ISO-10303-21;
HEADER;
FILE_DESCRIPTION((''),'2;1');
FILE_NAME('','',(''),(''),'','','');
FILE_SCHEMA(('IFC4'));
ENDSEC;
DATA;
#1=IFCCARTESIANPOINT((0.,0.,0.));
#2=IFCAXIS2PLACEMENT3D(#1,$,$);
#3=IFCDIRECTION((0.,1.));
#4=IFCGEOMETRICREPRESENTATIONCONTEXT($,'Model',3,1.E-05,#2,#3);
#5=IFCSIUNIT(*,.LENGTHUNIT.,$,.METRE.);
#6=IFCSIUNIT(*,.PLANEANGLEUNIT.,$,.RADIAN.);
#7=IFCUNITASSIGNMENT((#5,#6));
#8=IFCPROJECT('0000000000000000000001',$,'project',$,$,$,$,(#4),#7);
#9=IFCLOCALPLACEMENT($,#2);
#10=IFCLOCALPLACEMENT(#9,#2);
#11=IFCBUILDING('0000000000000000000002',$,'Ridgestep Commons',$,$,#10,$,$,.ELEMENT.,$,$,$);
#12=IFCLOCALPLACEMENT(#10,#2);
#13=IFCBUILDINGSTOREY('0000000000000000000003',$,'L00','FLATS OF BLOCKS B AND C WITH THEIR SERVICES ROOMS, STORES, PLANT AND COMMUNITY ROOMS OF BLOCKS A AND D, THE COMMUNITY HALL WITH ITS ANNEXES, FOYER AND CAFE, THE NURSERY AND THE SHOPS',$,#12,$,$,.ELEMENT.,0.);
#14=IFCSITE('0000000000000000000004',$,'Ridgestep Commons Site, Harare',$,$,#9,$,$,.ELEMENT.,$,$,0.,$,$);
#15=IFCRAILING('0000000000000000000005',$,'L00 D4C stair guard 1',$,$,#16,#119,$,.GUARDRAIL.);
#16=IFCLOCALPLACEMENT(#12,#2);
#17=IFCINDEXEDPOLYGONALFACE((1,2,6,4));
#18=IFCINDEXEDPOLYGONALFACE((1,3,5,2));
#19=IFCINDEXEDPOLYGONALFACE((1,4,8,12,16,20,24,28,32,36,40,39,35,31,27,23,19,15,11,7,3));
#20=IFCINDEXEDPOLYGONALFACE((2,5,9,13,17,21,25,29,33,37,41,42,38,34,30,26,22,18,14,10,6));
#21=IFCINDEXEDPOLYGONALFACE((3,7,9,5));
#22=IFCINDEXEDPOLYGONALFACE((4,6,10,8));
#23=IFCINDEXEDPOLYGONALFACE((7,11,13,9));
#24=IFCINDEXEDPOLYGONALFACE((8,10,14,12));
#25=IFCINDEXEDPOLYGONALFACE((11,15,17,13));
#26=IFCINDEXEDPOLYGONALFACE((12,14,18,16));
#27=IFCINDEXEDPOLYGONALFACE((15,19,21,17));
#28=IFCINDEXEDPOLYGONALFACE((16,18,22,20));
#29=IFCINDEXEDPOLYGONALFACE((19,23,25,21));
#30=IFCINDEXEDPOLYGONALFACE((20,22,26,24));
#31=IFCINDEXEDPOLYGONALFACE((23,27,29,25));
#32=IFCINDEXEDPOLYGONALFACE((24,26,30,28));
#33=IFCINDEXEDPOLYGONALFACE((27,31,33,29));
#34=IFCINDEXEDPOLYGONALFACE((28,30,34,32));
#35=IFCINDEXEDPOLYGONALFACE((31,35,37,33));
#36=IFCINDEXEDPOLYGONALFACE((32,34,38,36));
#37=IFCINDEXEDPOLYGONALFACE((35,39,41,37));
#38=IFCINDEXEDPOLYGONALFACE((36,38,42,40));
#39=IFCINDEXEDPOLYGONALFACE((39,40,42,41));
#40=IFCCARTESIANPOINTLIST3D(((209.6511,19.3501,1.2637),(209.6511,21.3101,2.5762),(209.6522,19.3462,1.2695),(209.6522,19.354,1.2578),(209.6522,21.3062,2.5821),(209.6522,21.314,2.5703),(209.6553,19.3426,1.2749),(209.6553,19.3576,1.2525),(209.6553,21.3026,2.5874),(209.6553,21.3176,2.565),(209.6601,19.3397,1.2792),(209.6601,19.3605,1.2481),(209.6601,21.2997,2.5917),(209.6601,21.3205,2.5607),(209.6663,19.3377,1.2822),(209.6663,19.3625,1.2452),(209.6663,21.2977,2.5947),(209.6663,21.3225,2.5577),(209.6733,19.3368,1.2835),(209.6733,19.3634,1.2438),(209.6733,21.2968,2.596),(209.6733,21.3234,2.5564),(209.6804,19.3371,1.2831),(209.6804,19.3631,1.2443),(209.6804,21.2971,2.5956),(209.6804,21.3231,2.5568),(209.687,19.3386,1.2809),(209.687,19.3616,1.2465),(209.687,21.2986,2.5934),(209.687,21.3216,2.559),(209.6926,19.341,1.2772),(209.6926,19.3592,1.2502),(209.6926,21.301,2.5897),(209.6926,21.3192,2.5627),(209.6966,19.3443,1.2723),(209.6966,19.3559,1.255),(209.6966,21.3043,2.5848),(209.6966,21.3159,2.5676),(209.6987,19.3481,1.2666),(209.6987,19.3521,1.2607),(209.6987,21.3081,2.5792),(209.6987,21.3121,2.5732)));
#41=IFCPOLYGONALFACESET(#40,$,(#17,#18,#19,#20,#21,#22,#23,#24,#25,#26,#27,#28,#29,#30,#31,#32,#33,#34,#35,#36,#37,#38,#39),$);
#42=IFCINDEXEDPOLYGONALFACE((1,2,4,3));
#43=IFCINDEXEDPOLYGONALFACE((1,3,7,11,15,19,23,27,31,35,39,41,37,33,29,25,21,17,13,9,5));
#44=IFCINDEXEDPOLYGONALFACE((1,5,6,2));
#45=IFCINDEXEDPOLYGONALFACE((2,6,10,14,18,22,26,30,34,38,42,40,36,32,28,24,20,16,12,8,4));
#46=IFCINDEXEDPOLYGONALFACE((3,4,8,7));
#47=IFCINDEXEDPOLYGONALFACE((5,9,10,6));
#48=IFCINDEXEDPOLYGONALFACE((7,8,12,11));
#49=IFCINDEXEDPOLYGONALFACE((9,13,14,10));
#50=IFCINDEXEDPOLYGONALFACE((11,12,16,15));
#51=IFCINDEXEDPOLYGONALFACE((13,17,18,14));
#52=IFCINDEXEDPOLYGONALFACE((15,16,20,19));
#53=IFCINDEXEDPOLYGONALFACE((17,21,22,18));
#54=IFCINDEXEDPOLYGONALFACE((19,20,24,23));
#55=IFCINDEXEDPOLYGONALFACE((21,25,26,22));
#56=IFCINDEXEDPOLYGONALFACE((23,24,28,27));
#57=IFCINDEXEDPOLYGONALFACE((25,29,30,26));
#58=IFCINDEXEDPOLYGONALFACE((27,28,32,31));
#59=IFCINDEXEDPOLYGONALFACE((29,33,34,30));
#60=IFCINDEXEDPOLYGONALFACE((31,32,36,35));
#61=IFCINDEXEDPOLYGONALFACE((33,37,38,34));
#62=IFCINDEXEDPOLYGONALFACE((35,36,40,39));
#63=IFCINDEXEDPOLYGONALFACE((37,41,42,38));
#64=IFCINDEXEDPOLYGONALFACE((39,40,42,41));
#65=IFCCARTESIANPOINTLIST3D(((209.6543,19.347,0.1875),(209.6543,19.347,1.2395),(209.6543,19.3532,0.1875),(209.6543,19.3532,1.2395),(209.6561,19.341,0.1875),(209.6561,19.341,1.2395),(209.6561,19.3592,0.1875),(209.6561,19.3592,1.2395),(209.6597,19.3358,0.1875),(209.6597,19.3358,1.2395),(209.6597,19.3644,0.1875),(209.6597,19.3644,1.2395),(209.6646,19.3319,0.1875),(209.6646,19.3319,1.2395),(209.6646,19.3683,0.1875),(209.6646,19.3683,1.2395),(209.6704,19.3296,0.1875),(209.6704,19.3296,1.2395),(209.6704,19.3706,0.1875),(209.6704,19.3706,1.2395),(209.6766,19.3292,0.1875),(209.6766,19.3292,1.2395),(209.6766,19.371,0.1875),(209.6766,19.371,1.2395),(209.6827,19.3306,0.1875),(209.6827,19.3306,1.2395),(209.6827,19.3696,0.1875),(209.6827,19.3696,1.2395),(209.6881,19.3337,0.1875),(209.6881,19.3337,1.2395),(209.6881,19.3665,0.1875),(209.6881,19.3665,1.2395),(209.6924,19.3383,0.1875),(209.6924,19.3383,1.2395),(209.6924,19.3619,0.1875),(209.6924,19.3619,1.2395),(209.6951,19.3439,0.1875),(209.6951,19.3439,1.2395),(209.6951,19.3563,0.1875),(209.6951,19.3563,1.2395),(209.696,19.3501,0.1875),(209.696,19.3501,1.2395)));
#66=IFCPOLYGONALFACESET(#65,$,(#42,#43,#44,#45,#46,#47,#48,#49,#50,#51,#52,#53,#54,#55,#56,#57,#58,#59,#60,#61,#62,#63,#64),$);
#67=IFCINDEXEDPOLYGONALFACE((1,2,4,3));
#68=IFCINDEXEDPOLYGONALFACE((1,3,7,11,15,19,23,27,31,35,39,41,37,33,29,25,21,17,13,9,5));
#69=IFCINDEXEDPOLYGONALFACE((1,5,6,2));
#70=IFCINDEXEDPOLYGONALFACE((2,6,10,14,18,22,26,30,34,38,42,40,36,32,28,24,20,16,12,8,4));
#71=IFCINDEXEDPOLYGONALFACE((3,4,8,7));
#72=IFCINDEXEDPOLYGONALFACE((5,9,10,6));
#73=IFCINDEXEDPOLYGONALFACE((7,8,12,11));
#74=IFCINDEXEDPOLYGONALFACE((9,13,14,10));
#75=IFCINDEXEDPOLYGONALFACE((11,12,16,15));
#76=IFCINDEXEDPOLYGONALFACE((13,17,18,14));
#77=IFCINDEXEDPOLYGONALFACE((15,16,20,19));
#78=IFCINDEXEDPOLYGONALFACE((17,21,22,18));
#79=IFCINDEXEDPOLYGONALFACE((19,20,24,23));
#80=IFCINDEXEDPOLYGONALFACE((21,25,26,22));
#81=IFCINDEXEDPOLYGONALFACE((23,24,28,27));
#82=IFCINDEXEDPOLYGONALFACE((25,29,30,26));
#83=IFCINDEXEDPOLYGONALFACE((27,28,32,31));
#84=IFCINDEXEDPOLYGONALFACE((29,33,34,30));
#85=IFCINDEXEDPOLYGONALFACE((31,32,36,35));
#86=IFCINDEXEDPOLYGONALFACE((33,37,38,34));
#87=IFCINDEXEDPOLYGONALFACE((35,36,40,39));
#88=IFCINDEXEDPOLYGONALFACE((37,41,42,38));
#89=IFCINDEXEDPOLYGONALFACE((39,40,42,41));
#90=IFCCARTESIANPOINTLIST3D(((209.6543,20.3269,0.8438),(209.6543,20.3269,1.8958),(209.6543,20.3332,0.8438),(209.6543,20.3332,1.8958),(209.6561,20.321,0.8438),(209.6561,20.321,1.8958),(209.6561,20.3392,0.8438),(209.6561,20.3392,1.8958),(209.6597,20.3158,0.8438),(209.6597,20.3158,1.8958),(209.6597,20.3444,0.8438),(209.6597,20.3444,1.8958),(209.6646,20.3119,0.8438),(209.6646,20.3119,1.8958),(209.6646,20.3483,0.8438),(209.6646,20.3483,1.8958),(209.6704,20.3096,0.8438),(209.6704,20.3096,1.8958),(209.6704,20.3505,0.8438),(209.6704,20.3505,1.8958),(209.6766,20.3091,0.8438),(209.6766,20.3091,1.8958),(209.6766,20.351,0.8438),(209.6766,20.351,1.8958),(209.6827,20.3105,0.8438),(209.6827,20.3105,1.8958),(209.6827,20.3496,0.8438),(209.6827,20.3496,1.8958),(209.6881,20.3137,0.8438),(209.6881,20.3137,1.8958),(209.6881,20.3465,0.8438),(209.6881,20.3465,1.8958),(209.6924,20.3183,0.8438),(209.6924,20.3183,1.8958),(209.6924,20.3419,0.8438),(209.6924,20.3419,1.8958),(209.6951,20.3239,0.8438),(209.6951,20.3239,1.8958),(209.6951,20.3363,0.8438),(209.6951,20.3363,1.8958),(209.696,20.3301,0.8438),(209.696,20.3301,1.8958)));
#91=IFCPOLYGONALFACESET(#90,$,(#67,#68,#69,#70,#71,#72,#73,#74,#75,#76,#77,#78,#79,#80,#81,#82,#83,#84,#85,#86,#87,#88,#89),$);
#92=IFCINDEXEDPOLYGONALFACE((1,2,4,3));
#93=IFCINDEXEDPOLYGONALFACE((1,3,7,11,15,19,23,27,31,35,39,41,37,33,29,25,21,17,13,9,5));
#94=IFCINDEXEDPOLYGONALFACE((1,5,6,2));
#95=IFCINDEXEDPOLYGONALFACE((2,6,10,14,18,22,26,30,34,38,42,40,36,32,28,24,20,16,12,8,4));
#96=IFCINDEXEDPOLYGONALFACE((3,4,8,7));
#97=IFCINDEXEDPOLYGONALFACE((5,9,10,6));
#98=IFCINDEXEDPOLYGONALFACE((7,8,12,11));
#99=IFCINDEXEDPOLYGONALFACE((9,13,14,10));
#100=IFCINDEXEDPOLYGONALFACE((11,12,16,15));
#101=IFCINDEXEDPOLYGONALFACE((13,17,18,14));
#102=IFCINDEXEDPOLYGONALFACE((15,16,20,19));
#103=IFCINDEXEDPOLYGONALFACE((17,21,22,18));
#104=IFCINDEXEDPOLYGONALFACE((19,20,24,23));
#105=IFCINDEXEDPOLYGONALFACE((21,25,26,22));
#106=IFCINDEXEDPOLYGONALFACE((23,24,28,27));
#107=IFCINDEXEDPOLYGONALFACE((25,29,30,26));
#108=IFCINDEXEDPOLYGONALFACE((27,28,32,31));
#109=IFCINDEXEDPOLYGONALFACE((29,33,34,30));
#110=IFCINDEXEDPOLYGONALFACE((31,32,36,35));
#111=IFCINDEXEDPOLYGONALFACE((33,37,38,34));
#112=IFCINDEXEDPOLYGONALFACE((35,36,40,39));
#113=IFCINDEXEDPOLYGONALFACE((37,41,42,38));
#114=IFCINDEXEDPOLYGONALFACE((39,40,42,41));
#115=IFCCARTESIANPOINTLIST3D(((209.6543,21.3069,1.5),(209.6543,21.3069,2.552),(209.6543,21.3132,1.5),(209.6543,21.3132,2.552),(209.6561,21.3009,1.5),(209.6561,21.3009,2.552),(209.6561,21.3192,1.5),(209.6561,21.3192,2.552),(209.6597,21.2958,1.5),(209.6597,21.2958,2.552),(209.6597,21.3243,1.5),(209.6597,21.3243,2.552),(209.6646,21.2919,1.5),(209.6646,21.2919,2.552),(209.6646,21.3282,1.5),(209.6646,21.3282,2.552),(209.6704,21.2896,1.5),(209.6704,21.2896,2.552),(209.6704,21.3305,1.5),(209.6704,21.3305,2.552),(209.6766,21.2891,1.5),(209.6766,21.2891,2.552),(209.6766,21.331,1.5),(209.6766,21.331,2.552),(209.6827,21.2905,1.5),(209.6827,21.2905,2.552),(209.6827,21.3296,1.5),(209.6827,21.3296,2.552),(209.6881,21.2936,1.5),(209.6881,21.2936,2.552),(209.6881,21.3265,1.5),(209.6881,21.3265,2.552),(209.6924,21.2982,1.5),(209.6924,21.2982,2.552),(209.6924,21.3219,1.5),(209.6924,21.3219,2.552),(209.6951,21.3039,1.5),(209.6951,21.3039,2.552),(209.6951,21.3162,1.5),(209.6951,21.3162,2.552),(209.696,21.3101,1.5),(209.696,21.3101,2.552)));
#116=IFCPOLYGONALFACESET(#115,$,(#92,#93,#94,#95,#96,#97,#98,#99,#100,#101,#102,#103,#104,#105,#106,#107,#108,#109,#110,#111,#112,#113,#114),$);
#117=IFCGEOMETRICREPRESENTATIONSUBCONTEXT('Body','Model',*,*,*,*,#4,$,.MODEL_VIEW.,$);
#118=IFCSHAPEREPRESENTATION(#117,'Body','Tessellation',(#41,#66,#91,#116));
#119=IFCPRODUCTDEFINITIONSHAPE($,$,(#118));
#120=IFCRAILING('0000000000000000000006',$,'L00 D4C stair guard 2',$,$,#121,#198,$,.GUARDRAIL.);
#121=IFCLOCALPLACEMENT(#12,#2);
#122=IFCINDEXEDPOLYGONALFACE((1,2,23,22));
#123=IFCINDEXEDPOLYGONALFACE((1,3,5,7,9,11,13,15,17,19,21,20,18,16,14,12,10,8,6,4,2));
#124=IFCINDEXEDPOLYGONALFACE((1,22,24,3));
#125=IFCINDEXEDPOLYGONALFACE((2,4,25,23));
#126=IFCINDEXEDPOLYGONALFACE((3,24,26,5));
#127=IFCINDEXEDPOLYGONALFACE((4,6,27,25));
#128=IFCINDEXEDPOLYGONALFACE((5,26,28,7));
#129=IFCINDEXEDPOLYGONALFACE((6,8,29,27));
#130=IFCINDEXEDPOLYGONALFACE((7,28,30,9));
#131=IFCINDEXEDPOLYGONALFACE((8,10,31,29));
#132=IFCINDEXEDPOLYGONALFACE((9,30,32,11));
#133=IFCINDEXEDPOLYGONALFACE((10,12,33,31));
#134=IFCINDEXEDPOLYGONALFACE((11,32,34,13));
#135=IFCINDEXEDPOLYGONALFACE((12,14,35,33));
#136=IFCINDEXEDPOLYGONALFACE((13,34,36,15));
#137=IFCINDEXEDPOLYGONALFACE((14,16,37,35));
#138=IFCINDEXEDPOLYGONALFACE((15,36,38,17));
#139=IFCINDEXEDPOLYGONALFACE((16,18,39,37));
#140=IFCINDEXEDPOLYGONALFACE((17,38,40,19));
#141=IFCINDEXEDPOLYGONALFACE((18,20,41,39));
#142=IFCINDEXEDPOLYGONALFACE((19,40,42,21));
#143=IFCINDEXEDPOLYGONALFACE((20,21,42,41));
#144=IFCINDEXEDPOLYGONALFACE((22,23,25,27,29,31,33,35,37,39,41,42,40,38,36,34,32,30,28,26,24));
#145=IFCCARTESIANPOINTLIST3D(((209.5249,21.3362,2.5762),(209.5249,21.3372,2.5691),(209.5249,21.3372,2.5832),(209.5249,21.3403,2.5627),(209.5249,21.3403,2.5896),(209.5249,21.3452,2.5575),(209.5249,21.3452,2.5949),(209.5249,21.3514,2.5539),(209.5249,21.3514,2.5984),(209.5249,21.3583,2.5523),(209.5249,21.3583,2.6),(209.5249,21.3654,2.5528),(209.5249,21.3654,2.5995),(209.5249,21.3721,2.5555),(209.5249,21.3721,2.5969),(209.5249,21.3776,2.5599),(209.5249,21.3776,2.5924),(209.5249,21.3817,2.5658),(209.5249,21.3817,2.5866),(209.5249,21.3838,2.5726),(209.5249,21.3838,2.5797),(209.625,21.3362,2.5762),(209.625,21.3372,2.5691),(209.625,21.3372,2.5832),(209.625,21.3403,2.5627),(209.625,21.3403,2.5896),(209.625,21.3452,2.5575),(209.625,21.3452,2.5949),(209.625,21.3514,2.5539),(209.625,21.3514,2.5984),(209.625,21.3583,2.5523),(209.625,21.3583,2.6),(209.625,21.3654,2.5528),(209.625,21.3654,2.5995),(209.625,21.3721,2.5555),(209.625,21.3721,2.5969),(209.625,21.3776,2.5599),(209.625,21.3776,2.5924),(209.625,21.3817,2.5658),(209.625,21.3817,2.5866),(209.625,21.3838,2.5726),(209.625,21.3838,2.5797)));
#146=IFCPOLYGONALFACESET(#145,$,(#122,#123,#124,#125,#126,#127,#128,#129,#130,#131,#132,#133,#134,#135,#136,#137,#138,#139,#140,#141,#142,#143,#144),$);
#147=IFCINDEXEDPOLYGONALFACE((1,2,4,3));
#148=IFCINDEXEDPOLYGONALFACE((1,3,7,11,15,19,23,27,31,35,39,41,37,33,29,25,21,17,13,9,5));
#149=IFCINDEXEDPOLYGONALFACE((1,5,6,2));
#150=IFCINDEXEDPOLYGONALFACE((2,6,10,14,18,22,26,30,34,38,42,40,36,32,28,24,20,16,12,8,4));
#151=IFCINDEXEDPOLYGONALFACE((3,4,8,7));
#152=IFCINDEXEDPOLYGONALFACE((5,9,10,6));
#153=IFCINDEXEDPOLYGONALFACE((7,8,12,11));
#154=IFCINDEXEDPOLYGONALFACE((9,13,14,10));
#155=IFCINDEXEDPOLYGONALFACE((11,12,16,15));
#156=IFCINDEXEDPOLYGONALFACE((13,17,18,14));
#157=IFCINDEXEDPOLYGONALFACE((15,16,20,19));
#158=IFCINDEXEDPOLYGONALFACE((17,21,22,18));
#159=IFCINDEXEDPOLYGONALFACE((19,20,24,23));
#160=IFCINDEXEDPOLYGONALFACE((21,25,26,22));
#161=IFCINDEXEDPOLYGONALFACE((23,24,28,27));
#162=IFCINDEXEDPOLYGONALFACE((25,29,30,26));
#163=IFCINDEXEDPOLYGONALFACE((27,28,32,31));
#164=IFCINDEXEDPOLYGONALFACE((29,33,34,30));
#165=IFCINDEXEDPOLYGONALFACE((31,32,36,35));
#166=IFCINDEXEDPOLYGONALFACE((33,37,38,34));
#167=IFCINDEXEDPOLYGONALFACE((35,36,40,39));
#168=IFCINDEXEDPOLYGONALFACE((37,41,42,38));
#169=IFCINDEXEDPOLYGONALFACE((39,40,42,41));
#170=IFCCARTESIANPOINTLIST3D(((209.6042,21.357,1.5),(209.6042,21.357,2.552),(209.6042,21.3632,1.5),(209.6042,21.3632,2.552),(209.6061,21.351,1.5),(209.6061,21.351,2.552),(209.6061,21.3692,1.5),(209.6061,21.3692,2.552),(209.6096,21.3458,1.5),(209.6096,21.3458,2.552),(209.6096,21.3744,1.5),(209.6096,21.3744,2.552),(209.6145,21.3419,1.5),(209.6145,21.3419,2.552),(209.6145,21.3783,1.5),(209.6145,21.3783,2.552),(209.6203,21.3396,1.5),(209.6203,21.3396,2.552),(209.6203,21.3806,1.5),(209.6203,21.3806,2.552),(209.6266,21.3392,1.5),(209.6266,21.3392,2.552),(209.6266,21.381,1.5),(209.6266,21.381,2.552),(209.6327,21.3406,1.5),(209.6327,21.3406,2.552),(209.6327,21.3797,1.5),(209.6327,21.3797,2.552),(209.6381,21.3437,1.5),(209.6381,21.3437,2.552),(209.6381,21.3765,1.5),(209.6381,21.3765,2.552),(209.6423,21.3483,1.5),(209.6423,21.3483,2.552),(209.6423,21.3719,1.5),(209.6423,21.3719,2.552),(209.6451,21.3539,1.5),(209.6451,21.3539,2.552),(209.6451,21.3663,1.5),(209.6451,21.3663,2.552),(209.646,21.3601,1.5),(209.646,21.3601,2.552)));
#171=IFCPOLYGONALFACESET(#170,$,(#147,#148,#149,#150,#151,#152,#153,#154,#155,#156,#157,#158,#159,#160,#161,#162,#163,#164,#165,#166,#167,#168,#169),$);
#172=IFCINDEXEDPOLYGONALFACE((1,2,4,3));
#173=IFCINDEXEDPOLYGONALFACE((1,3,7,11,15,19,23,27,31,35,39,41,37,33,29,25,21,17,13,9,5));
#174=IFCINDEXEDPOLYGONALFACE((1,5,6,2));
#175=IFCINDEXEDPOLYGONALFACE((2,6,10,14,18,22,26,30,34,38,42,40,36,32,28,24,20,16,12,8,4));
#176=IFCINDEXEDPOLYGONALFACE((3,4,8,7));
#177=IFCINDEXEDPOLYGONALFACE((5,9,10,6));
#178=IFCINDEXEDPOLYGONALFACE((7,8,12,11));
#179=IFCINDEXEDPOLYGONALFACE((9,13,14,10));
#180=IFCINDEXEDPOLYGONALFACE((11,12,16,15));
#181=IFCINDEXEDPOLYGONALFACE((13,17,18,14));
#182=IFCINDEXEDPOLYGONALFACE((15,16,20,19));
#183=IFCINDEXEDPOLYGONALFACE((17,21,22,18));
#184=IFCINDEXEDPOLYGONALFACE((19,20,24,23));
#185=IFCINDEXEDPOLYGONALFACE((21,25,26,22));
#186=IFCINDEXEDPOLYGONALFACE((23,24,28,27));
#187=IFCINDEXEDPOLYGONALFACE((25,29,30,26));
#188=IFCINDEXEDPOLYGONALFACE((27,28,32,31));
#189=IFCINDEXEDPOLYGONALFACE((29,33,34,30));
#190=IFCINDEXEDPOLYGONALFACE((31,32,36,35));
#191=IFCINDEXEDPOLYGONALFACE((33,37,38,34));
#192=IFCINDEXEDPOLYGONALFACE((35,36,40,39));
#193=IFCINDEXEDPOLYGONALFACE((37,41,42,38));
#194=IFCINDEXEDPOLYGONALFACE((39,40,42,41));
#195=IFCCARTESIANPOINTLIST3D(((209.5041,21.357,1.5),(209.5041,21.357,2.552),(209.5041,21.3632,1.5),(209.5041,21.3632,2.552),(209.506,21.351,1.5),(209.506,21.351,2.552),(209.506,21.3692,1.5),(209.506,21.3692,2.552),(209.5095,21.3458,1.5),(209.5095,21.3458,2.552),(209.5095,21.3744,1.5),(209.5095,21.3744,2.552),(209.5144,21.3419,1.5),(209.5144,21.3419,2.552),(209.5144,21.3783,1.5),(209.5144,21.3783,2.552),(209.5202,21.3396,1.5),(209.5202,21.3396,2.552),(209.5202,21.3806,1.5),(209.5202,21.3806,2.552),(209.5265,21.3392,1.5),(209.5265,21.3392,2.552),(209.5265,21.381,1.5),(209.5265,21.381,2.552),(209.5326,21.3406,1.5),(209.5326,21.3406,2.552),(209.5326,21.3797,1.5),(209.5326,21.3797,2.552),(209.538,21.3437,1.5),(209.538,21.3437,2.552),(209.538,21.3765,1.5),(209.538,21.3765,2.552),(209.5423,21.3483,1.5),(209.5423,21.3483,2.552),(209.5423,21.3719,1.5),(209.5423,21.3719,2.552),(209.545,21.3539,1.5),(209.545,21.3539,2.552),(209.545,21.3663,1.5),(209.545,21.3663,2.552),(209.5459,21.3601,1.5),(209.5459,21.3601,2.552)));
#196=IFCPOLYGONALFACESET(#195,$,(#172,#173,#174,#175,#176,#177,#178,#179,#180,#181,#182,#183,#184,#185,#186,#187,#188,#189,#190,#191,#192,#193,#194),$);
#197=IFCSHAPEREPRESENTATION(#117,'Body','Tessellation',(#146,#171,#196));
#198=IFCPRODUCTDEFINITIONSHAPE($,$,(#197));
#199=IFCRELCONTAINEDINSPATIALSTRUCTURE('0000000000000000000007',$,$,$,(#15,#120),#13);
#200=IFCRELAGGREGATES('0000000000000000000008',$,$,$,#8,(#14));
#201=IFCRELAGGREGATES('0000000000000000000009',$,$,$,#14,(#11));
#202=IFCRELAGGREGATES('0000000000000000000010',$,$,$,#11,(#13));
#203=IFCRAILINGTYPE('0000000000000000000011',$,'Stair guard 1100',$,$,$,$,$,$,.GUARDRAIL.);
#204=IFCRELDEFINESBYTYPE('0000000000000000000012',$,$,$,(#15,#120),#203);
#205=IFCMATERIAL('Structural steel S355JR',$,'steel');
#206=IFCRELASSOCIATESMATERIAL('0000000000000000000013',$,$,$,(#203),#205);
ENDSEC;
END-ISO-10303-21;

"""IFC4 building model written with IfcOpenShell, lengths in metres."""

from ifc_helpers import new_model, si_unit, direction, frame, origin, origin_2d, place, context, subcontext, project, spatial, circle, extrude, material, type_object, element, save


model = new_model("IFC4")

# Units and contexts
model_context = context("Model", 3, precision=1e-05, world=origin(), true_north=direction((0.0, 1.0)))
body_context = subcontext(model_context, "Body", "Model", "MODEL_VIEW")
ifc_project = project(units=[si_unit("LENGTHUNIT", "METRE"), si_unit("PLANEANGLEUNIT", "RADIAN")], contexts=[model_context])

# Site, building, storey
site_placement = place(None, origin())
site = spatial("IfcSite", under=ifc_project, at=site_placement, Name="Ridgestep Commons Site, Harare", CompositionType="ELEMENT", RefElevation=0.0)
building_placement = place(site_placement, origin())
building = spatial("IfcBuilding", under=site, at=building_placement, Name="Ridgestep Commons", CompositionType="ELEMENT")
storey_placement = place(building_placement, origin())
storey = spatial("IfcBuildingStorey", under=building, at=storey_placement, Name="L00", Description="FLATS OF BLOCKS B AND C WITH THEIR SERVICES ROOMS, STORES, PLANT AND COMMUNITY ROOMS OF BLOCKS A AND D, THE COMMUNITY HALL WITH ITS ANNEXES, FOYER AND CAFE, THE NURSERY AND THE SHOPS", CompositionType="ELEMENT", Elevation=0.0)

# Railings
ifc_material_1 = material(Name="Structural steel S355JR", Category="steel")
railing_type_1 = type_object("IfcRailingType", Name="Stair guard 1100", PredefinedType="GUARDRAIL", material=ifc_material_1)
railing_1_placement = place(storey_placement, frame((209.675, 19.3501, 0.1875)))
element("IfcRailing", 1, at=railing_1_placement, inside=storey, type_object=railing_type_1, Name="L00 D4C stair guard 1", PredefinedType="GUARDRAIL", context=body_context, shape_type="SweptSolid", body=[
    extrude(circle(Radius=0.0239, at=origin_2d()), frame((0.0, 0.0, 1.0762), z_axis=(0.0, 0.830902, 0.556419), x_axis=(-1.0, 0.0, 0.0)), (0.0, 0.0, 1.0), 2.3589),
    extrude(circle(Radius=0.021, at=origin_2d()), origin(), (0.0, 0.0, 1.0), 1.052),
    extrude(circle(Radius=0.021, at=origin_2d()), frame((0.0, 0.98, 0.6562)), (0.0, 0.0, 1.0), 1.052),
    extrude(circle(Radius=0.021, at=origin_2d()), frame((0.0, 1.96, 1.3125)), (0.0, 0.0, 1.0), 1.052),
])
railing_2_placement = place(storey_placement, frame((209.625, 21.3601, 1.5)))
element("IfcRailing", 2, at=railing_2_placement, inside=storey, type_object=railing_type_1, Name="L00 D4C stair guard 2", PredefinedType="GUARDRAIL", context=body_context, shape_type="SweptSolid", body=[
    extrude(circle(Radius=0.0239, at=origin_2d()), frame((0.0, 0.0, 1.0762), z_axis=(-1.0, 0.0, 0.0), x_axis=(0.0, -1.0, 0.0)), (0.0, 0.0, 1.0), 0.1001),
    extrude(circle(Radius=0.021, at=origin_2d()), origin(), (0.0, 0.0, 1.0), 1.052),
    extrude(circle(Radius=0.021, at=origin_2d()), frame((-0.1001, 0.0, 0.0)), (0.0, 0.0, 1.0), 1.052),
])

save(model, "model.ifc")
